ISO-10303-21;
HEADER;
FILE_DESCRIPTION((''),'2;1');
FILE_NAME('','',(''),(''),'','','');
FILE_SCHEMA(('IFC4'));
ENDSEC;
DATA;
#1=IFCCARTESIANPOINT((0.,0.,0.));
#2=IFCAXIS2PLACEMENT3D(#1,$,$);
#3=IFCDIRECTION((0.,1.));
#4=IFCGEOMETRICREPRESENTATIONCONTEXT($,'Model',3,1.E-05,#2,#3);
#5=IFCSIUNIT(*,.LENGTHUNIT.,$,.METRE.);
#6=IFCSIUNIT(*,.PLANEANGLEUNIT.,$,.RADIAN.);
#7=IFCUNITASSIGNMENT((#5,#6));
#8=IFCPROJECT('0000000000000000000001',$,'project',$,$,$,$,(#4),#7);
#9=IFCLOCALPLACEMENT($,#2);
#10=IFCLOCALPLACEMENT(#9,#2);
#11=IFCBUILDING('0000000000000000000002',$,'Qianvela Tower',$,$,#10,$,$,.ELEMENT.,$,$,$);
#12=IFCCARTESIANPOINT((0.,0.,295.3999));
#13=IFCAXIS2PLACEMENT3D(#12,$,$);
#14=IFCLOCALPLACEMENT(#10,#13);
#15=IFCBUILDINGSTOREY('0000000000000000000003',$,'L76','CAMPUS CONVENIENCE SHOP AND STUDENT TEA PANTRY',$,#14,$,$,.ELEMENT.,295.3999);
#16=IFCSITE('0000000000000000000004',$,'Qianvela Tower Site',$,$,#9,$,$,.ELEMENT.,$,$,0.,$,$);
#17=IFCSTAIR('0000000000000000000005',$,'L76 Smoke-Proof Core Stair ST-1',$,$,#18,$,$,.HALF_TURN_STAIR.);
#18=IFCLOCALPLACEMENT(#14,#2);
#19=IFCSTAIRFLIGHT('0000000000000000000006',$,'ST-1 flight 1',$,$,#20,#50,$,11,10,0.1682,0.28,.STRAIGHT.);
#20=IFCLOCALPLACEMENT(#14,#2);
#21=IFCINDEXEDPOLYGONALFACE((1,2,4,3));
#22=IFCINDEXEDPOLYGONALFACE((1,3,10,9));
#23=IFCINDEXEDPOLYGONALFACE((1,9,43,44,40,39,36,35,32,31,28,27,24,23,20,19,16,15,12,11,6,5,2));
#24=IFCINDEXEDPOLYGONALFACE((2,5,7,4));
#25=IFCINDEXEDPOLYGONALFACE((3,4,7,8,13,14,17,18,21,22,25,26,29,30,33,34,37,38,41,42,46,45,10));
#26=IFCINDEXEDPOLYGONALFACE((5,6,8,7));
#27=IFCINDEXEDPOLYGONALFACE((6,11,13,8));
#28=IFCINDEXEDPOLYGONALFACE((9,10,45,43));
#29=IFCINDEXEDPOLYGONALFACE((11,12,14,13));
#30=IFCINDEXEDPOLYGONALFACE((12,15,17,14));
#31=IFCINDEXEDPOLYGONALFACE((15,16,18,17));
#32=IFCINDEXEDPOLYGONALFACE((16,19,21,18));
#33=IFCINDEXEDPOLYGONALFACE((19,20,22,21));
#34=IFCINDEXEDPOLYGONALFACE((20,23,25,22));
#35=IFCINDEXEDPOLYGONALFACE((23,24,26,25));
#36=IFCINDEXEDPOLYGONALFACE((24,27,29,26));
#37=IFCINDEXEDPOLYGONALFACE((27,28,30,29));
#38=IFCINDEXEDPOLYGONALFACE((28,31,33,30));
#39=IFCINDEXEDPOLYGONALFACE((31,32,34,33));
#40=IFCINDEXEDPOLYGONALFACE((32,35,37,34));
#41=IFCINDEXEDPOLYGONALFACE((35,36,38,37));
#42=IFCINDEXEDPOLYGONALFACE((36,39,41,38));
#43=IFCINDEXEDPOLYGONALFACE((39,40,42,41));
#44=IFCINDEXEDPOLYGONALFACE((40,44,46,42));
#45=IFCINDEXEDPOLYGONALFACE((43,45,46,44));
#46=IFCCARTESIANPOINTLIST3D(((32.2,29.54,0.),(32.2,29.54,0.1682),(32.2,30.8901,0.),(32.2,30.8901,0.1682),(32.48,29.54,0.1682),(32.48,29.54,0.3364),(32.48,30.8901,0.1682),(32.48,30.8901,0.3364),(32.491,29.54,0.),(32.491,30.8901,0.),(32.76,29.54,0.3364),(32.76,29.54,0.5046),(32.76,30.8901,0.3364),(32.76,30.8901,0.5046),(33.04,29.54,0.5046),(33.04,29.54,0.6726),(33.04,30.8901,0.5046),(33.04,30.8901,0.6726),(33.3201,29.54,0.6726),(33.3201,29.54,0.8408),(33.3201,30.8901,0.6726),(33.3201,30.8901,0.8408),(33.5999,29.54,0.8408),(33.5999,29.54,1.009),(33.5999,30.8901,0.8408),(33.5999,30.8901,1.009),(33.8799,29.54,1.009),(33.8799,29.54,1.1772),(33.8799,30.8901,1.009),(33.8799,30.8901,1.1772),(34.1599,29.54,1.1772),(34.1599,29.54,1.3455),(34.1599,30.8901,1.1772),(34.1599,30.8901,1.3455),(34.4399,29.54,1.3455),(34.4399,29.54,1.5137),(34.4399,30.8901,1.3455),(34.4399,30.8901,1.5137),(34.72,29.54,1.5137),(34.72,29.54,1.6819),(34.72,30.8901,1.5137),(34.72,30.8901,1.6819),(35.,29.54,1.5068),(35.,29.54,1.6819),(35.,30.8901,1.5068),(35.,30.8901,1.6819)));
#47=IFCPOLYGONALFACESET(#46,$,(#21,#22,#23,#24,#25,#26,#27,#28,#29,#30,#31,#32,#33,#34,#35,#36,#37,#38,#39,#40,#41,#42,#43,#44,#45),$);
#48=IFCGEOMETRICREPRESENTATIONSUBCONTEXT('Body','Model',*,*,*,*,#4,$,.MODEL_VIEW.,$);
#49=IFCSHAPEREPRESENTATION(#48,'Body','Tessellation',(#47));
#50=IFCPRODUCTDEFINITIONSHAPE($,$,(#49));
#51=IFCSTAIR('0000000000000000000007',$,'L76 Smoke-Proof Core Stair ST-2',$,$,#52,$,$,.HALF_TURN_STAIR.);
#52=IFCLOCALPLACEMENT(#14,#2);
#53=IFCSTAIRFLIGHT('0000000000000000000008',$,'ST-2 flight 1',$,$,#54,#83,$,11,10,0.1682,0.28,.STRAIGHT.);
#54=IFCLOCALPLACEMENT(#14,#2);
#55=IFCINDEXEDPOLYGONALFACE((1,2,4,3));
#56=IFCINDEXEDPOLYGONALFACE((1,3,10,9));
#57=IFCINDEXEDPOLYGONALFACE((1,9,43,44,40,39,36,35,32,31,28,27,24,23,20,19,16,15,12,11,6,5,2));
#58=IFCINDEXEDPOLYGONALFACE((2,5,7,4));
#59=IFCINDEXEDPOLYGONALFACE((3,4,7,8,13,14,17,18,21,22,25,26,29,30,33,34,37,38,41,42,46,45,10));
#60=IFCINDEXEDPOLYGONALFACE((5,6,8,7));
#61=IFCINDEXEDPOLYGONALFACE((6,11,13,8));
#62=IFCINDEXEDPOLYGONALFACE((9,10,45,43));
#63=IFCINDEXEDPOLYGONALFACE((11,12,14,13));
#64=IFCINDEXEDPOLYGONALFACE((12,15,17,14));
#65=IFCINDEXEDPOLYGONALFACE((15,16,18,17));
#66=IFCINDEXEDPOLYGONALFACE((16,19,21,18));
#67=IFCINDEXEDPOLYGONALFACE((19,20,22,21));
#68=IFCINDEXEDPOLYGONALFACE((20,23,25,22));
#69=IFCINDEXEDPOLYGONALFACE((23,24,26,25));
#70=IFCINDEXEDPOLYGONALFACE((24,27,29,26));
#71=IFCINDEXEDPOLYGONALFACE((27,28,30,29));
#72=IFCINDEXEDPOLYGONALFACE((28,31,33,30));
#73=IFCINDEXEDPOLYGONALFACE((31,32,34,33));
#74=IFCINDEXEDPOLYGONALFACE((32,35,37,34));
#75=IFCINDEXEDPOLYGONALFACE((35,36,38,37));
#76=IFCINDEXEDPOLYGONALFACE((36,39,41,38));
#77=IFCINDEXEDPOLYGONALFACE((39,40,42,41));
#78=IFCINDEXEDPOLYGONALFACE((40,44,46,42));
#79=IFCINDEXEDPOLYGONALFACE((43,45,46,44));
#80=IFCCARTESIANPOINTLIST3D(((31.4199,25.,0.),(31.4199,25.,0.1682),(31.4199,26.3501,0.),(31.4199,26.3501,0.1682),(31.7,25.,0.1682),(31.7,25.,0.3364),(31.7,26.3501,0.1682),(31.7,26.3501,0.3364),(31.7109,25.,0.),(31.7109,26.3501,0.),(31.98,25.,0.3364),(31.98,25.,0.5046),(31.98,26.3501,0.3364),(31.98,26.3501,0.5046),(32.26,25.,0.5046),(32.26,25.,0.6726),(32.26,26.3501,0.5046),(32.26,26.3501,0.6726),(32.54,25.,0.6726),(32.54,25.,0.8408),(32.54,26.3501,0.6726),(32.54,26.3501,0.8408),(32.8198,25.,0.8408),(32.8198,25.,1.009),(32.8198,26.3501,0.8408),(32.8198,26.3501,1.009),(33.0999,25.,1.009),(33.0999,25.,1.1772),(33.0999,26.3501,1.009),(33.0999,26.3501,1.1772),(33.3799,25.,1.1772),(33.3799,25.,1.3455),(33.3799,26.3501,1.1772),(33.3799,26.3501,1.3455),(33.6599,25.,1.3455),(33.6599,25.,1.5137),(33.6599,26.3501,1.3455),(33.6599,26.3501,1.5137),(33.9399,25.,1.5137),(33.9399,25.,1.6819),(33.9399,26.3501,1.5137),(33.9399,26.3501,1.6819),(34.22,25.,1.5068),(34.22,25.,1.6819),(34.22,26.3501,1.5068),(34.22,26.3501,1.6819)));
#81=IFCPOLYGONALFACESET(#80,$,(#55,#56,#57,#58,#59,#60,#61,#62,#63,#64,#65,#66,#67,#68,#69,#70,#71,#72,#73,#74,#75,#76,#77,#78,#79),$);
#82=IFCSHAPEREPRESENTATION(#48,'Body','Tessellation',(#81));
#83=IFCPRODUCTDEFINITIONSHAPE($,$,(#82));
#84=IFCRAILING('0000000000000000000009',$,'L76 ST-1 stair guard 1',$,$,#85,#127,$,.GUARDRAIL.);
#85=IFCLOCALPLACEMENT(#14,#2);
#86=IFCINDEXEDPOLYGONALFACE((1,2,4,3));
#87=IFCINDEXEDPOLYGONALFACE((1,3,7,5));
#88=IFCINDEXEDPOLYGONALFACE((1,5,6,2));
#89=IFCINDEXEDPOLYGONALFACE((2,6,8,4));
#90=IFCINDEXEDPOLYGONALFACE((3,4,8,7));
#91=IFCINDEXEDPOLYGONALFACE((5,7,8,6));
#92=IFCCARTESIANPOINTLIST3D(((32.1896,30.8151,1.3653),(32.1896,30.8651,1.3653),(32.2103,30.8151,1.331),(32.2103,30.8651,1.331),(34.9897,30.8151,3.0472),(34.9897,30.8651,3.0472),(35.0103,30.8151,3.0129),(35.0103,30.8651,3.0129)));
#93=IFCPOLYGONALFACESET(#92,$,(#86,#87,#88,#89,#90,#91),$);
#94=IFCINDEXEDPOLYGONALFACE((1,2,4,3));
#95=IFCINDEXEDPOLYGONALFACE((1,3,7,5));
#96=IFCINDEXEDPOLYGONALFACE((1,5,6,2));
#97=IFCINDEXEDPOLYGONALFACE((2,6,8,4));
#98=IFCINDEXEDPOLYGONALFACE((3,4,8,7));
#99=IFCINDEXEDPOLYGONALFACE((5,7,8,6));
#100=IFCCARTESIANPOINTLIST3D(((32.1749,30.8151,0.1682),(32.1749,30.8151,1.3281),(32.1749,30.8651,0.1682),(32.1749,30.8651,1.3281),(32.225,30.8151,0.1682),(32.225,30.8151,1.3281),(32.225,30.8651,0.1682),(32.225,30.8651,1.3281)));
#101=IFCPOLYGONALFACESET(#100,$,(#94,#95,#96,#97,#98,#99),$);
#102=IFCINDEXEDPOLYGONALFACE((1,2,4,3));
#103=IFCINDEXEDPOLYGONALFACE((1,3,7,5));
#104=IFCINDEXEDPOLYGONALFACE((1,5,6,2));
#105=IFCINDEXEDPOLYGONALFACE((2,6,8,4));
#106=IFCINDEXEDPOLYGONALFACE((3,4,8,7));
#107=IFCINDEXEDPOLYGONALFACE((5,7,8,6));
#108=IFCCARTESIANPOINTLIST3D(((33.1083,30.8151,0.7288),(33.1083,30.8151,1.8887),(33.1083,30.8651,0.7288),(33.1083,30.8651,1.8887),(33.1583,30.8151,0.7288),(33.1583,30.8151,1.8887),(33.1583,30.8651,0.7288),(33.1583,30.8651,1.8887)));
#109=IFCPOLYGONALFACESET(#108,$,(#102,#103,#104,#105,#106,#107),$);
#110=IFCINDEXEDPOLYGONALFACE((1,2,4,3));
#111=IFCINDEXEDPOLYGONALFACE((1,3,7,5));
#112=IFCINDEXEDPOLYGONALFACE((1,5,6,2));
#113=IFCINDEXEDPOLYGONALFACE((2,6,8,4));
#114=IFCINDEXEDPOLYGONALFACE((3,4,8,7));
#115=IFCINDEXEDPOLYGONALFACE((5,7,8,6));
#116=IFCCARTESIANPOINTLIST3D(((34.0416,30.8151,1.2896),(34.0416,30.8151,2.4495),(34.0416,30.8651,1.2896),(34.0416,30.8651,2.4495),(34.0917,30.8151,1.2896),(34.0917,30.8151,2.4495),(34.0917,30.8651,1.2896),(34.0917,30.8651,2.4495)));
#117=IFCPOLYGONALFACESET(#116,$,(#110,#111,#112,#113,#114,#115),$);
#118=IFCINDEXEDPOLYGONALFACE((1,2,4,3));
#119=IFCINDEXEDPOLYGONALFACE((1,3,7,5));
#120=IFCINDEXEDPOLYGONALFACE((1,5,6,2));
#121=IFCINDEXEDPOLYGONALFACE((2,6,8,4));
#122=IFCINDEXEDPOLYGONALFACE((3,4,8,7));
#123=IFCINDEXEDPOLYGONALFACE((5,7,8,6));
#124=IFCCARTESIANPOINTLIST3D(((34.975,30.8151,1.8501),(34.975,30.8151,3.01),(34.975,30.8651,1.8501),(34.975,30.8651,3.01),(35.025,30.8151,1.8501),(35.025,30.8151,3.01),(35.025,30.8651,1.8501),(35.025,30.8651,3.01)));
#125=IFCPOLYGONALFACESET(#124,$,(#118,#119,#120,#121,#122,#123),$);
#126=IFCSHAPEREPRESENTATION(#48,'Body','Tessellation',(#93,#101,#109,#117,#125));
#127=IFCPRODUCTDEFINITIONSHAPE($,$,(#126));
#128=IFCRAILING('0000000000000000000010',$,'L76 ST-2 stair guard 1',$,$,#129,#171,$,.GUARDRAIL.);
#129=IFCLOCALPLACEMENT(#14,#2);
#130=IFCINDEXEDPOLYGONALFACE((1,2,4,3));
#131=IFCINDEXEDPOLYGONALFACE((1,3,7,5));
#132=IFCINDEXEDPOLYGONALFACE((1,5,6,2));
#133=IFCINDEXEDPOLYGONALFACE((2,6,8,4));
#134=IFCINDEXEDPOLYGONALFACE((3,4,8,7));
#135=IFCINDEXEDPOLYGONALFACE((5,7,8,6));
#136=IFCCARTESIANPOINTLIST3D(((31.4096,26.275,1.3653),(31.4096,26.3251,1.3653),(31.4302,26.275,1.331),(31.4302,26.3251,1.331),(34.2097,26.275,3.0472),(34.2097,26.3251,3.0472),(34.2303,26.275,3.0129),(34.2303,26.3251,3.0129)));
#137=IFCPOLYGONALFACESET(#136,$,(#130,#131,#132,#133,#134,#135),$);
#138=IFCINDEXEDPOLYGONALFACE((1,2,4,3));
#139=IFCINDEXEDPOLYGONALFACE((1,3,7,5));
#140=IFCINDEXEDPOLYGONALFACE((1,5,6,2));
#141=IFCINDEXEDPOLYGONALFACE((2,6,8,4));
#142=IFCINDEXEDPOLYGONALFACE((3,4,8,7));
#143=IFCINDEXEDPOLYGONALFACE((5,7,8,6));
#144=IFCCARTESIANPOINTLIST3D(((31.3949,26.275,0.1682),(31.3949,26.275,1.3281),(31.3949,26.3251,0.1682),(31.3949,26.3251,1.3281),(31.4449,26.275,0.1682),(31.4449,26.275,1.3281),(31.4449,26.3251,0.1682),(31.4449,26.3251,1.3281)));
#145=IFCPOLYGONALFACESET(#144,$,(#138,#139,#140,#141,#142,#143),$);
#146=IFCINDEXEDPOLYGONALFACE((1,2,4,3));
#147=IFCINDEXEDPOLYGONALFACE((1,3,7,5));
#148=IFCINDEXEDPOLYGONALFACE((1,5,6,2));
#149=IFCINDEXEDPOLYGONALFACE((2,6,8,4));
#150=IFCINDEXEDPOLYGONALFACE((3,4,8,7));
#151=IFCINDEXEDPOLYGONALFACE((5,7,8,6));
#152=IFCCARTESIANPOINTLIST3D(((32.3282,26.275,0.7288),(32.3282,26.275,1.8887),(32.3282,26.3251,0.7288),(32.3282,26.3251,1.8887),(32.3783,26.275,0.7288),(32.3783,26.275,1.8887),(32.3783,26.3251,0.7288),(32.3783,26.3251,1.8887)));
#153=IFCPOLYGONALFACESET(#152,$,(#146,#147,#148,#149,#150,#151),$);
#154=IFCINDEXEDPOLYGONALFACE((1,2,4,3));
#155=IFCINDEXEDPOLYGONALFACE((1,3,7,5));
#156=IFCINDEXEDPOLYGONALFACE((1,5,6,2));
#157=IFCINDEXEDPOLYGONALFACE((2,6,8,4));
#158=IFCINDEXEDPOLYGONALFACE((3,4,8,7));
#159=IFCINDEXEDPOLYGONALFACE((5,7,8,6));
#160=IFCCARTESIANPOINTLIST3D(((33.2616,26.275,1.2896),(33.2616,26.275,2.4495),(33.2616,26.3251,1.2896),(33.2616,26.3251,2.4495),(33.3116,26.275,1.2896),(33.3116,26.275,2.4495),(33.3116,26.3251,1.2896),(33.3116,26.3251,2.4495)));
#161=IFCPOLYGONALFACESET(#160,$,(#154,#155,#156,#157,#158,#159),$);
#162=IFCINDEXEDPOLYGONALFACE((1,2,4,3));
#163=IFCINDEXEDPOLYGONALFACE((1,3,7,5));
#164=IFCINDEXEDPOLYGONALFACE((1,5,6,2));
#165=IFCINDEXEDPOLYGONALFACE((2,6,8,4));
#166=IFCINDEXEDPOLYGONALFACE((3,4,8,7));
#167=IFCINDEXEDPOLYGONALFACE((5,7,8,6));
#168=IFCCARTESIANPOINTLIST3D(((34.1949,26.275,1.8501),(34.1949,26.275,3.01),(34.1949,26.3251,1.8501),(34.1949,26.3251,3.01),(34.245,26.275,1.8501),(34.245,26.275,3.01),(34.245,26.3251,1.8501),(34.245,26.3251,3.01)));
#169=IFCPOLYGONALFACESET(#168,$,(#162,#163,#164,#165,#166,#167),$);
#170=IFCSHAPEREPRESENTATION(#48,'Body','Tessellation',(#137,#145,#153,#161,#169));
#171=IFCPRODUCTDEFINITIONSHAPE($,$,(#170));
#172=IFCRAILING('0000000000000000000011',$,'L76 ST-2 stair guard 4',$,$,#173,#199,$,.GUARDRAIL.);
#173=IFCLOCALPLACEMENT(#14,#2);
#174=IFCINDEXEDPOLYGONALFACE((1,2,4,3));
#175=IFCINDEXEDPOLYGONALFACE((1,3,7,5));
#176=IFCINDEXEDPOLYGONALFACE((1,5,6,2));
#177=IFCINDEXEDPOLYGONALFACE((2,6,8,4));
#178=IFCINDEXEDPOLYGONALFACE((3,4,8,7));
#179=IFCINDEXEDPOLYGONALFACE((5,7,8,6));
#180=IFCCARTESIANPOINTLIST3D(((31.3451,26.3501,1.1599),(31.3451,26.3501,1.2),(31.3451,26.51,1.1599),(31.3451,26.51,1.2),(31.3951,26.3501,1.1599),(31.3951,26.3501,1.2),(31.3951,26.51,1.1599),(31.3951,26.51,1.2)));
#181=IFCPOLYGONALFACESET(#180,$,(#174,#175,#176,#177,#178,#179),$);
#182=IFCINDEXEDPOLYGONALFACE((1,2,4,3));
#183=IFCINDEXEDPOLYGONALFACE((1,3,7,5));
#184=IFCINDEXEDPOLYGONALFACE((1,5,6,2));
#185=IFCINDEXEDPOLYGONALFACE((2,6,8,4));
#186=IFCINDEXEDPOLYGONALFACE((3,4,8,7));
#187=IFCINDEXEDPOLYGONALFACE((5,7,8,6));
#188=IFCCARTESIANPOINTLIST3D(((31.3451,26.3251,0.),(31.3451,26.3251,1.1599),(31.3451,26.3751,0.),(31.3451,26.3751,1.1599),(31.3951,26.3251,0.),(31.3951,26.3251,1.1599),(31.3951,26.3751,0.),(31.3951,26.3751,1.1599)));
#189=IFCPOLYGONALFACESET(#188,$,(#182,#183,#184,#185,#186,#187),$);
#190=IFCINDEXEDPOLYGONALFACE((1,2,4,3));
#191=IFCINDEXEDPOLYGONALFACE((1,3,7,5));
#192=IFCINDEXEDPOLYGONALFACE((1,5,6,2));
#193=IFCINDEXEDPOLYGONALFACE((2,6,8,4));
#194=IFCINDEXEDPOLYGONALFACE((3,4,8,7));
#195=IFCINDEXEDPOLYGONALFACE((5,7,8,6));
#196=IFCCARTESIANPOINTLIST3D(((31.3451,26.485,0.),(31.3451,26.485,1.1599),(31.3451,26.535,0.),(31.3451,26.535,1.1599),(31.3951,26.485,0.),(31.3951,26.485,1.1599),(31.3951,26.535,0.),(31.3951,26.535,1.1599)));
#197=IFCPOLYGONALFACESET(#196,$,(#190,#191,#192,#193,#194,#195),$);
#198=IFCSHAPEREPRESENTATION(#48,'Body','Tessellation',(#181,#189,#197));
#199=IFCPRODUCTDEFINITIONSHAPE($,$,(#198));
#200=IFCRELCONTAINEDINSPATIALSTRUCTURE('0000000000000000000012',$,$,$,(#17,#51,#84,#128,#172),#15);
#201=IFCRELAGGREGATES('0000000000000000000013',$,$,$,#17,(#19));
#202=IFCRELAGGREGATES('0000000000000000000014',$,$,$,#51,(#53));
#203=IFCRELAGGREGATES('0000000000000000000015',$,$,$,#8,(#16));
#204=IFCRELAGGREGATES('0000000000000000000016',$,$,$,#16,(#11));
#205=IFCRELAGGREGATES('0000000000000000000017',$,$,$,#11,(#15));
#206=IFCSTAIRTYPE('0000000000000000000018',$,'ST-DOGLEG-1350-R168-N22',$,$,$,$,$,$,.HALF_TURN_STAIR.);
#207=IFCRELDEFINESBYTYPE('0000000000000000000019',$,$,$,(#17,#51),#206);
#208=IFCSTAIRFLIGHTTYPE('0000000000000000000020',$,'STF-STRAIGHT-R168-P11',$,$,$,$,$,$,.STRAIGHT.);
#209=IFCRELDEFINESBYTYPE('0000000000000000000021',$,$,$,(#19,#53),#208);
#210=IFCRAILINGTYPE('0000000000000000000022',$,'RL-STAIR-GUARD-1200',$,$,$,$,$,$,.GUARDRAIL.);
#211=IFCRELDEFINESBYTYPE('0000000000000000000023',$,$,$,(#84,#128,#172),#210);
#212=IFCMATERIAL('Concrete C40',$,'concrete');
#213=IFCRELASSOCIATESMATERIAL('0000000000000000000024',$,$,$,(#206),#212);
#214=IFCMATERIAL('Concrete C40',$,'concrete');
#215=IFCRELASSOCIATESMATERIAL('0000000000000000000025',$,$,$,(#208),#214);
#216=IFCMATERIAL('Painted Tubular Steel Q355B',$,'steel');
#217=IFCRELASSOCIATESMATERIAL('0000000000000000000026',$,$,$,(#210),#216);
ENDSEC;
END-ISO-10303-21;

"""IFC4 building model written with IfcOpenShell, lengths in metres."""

from ifc_helpers import new_model, si_unit, direction, frame, origin, origin_2d, place, context, subcontext, project, spatial, polyline, rectangle, outline, extrude, material, type_object, element, aggregate, save


model = new_model("IFC4")

# Units and contexts
model_context = context("Model", 3, precision=1e-05, world=origin(), true_north=direction((0.0, 1.0)))
body_context = subcontext(model_context, "Body", "Model", "MODEL_VIEW")
ifc_project = project(units=[si_unit("LENGTHUNIT", "METRE"), si_unit("PLANEANGLEUNIT", "RADIAN")], contexts=[model_context])

# Site, building, storey
site_placement = place(None, origin())
site = spatial("IfcSite", under=ifc_project, at=site_placement, Name="Qianvela Tower Site", CompositionType="ELEMENT", RefElevation=0.0)
building_placement = place(site_placement, origin())
building = spatial("IfcBuilding", under=site, at=building_placement, Name="Qianvela Tower", CompositionType="ELEMENT")
storey_placement = place(building_placement, frame((0.0, 0.0, 295.3999)))
storey = spatial("IfcBuildingStorey", under=building, at=storey_placement, Name="L76", Description="CAMPUS CONVENIENCE SHOP AND STUDENT TEA PANTRY", CompositionType="ELEMENT", Elevation=295.3999)

# Stairs, stair flights
ifc_material_1 = material(Name="Concrete C40", Category="concrete")
stair_type = type_object("IfcStairType", Name="ST-DOGLEG-1350-R168-N22", PredefinedType="HALF_TURN_STAIR", material=ifc_material_1)
stair_1_placement = place(storey_placement, origin())
stair_1 = element("IfcStair", 1, at=stair_1_placement, inside=storey, type_object=stair_type, Name="L76 Smoke-Proof Core Stair ST-1", PredefinedType="HALF_TURN_STAIR")
ifc_material_2 = material(Name="Concrete C40", Category="concrete")
stair_flight_type = type_object("IfcStairFlightType", Name="STF-STRAIGHT-R168-P11", PredefinedType="STRAIGHT", material=ifc_material_2)
stair_flight_1_placement = place(storey_placement, frame((32.2, 30.2151, 0.0), z_axis=(0.0, 0.0, 1.0), x_axis=(1.0, 0.0, 0.0)))
stair_flight_1 = element("IfcStairFlight", 2, at=stair_flight_1_placement, type_object=stair_flight_type, Name="ST-1 flight 1", NumberOfRisers=11, NumberOfTreads=10, PredefinedType="STRAIGHT", RiserHeight=0.1682, TreadLength=0.28, context=body_context, shape_type="SweptSolid", body=[
    extrude(outline(polyline([(0.0, 0.0), (0.0, 0.1682), (0.28, 0.1682), (0.28, 0.3364), (0.5601, 0.3364), (0.5601, 0.5046), (0.8401, 0.5046), (0.8401, 0.6726), (1.1201, 0.6726), (1.1201, 0.8408), (1.3999, 0.8408), (1.3999, 1.009), (1.6799, 1.009), (1.6799, 1.1772), (1.96, 1.1772), (1.96, 1.3455), (2.24, 1.3455), (2.24, 1.5137), (2.52, 1.5137), (2.52, 1.6819), (2.8, 1.6819), (2.8, 1.8501), (2.8, 1.5068), (0.291, 0.0), (0.0, 0.0)])), frame((0.0, 0.675, 0.0), z_axis=(0.0, -1.0, 0.0), x_axis=(1.0, 0.0, 0.0)), (0.0, 0.0, 1.0), 1.3501),
])
aggregate(stair_1, [stair_flight_1])
stair_2_placement = place(storey_placement, origin())
stair_2 = element("IfcStair", 3, at=stair_2_placement, inside=storey, type_object=stair_type, Name="L76 Smoke-Proof Core Stair ST-2", PredefinedType="HALF_TURN_STAIR")
stair_flight_2_placement = place(storey_placement, frame((31.4199, 25.675, 0.0), z_axis=(0.0, 0.0, 1.0), x_axis=(1.0, 0.0, 0.0)))
stair_flight_2 = element("IfcStairFlight", 4, at=stair_flight_2_placement, type_object=stair_flight_type, Name="ST-2 flight 1", NumberOfRisers=11, NumberOfTreads=10, PredefinedType="STRAIGHT", RiserHeight=0.1682, TreadLength=0.28, context=body_context, shape_type="SweptSolid", body=[
    extrude(outline(polyline([(0.0, 0.0), (0.0, 0.1682), (0.28, 0.1682), (0.28, 0.3364), (0.5601, 0.3364), (0.5601, 0.5046), (0.8401, 0.5046), (0.8401, 0.6726), (1.1201, 0.6726), (1.1201, 0.8408), (1.3999, 0.8408), (1.3999, 1.009), (1.6799, 1.009), (1.6799, 1.1772), (1.96, 1.1772), (1.96, 1.3455), (2.24, 1.3455), (2.24, 1.5137), (2.52, 1.5137), (2.52, 1.6819), (2.8, 1.6819), (2.8, 1.8501), (2.8, 1.5068), (0.291, 0.0), (0.0, 0.0)])), frame((0.0, 0.675, 0.0), z_axis=(0.0, -1.0, 0.0), x_axis=(1.0, 0.0, 0.0)), (0.0, 0.0, 1.0), 1.3501),
])
aggregate(stair_2, [stair_flight_2])

# Railings
ifc_material_3 = material(Name="Painted Tubular Steel Q355B", Category="steel")
railing_type_1 = type_object("IfcRailingType", Name="RL-STAIR-GUARD-1200", PredefinedType="GUARDRAIL", material=ifc_material_3)
for number, where, name in (
    (5, (32.2, 30.8401, 0.1682), "L76 ST-1 stair guard 1"),
    (6, (31.4199, 26.3, 0.1682), "L76 ST-2 stair guard 1"),
):
    element("IfcRailing", number, at=place(storey_placement, frame(where)), inside=storey, type_object=railing_type_1, Name=name, PredefinedType="GUARDRAIL", context=body_context, shape_type="SweptSolid", body=[
        extrude(rectangle(XDim=0.05, YDim=0.04, at=origin_2d()), frame((0.0, 0.0, 1.1799), z_axis=(0.857242, 0.0, 0.514913), x_axis=(0.0, 1.0, 0.0)), (0.0, 0.0, 1.0), 3.2664),
        extrude(rectangle(XDim=0.05, YDim=0.05, at=origin_2d()), origin(), (0.0, 0.0, 1.0), 1.1599),
        extrude(rectangle(XDim=0.05, YDim=0.05, at=origin_2d()), frame((0.9333, 0.0, 0.5605)), (0.0, 0.0, 1.0), 1.1599),
        extrude(rectangle(XDim=0.05, YDim=0.05, at=origin_2d()), frame((1.8667, 0.0, 1.1213)), (0.0, 0.0, 1.0), 1.1599),
        extrude(rectangle(XDim=0.05, YDim=0.05, at=origin_2d()), frame((2.8, 0.0, 1.6819)), (0.0, 0.0, 1.0), 1.1599),
    ])
railing_placement = place(storey_placement, frame((31.3701, 26.3501, 0.0)))
element("IfcRailing", 7, at=railing_placement, inside=storey, type_object=railing_type_1, Name="L76 ST-2 stair guard 4", PredefinedType="GUARDRAIL", context=body_context, shape_type="SweptSolid", body=[
    extrude(rectangle(XDim=0.05, YDim=0.04, at=origin_2d()), frame((0.0, 0.0, 1.1799), z_axis=(0.0, 1.0, 0.0), x_axis=(-1.0, 0.0, 0.0)), (0.0, 0.0, 1.0), 0.1599),
    extrude(rectangle(XDim=0.05, YDim=0.05, at=origin_2d()), origin(), (0.0, 0.0, 1.0), 1.1599),
    extrude(rectangle(XDim=0.05, YDim=0.05, at=origin_2d()), frame((0.0, 0.1599, 0.0)), (0.0, 0.0, 1.0), 1.1599),
])

save(model, "model.ifc")
